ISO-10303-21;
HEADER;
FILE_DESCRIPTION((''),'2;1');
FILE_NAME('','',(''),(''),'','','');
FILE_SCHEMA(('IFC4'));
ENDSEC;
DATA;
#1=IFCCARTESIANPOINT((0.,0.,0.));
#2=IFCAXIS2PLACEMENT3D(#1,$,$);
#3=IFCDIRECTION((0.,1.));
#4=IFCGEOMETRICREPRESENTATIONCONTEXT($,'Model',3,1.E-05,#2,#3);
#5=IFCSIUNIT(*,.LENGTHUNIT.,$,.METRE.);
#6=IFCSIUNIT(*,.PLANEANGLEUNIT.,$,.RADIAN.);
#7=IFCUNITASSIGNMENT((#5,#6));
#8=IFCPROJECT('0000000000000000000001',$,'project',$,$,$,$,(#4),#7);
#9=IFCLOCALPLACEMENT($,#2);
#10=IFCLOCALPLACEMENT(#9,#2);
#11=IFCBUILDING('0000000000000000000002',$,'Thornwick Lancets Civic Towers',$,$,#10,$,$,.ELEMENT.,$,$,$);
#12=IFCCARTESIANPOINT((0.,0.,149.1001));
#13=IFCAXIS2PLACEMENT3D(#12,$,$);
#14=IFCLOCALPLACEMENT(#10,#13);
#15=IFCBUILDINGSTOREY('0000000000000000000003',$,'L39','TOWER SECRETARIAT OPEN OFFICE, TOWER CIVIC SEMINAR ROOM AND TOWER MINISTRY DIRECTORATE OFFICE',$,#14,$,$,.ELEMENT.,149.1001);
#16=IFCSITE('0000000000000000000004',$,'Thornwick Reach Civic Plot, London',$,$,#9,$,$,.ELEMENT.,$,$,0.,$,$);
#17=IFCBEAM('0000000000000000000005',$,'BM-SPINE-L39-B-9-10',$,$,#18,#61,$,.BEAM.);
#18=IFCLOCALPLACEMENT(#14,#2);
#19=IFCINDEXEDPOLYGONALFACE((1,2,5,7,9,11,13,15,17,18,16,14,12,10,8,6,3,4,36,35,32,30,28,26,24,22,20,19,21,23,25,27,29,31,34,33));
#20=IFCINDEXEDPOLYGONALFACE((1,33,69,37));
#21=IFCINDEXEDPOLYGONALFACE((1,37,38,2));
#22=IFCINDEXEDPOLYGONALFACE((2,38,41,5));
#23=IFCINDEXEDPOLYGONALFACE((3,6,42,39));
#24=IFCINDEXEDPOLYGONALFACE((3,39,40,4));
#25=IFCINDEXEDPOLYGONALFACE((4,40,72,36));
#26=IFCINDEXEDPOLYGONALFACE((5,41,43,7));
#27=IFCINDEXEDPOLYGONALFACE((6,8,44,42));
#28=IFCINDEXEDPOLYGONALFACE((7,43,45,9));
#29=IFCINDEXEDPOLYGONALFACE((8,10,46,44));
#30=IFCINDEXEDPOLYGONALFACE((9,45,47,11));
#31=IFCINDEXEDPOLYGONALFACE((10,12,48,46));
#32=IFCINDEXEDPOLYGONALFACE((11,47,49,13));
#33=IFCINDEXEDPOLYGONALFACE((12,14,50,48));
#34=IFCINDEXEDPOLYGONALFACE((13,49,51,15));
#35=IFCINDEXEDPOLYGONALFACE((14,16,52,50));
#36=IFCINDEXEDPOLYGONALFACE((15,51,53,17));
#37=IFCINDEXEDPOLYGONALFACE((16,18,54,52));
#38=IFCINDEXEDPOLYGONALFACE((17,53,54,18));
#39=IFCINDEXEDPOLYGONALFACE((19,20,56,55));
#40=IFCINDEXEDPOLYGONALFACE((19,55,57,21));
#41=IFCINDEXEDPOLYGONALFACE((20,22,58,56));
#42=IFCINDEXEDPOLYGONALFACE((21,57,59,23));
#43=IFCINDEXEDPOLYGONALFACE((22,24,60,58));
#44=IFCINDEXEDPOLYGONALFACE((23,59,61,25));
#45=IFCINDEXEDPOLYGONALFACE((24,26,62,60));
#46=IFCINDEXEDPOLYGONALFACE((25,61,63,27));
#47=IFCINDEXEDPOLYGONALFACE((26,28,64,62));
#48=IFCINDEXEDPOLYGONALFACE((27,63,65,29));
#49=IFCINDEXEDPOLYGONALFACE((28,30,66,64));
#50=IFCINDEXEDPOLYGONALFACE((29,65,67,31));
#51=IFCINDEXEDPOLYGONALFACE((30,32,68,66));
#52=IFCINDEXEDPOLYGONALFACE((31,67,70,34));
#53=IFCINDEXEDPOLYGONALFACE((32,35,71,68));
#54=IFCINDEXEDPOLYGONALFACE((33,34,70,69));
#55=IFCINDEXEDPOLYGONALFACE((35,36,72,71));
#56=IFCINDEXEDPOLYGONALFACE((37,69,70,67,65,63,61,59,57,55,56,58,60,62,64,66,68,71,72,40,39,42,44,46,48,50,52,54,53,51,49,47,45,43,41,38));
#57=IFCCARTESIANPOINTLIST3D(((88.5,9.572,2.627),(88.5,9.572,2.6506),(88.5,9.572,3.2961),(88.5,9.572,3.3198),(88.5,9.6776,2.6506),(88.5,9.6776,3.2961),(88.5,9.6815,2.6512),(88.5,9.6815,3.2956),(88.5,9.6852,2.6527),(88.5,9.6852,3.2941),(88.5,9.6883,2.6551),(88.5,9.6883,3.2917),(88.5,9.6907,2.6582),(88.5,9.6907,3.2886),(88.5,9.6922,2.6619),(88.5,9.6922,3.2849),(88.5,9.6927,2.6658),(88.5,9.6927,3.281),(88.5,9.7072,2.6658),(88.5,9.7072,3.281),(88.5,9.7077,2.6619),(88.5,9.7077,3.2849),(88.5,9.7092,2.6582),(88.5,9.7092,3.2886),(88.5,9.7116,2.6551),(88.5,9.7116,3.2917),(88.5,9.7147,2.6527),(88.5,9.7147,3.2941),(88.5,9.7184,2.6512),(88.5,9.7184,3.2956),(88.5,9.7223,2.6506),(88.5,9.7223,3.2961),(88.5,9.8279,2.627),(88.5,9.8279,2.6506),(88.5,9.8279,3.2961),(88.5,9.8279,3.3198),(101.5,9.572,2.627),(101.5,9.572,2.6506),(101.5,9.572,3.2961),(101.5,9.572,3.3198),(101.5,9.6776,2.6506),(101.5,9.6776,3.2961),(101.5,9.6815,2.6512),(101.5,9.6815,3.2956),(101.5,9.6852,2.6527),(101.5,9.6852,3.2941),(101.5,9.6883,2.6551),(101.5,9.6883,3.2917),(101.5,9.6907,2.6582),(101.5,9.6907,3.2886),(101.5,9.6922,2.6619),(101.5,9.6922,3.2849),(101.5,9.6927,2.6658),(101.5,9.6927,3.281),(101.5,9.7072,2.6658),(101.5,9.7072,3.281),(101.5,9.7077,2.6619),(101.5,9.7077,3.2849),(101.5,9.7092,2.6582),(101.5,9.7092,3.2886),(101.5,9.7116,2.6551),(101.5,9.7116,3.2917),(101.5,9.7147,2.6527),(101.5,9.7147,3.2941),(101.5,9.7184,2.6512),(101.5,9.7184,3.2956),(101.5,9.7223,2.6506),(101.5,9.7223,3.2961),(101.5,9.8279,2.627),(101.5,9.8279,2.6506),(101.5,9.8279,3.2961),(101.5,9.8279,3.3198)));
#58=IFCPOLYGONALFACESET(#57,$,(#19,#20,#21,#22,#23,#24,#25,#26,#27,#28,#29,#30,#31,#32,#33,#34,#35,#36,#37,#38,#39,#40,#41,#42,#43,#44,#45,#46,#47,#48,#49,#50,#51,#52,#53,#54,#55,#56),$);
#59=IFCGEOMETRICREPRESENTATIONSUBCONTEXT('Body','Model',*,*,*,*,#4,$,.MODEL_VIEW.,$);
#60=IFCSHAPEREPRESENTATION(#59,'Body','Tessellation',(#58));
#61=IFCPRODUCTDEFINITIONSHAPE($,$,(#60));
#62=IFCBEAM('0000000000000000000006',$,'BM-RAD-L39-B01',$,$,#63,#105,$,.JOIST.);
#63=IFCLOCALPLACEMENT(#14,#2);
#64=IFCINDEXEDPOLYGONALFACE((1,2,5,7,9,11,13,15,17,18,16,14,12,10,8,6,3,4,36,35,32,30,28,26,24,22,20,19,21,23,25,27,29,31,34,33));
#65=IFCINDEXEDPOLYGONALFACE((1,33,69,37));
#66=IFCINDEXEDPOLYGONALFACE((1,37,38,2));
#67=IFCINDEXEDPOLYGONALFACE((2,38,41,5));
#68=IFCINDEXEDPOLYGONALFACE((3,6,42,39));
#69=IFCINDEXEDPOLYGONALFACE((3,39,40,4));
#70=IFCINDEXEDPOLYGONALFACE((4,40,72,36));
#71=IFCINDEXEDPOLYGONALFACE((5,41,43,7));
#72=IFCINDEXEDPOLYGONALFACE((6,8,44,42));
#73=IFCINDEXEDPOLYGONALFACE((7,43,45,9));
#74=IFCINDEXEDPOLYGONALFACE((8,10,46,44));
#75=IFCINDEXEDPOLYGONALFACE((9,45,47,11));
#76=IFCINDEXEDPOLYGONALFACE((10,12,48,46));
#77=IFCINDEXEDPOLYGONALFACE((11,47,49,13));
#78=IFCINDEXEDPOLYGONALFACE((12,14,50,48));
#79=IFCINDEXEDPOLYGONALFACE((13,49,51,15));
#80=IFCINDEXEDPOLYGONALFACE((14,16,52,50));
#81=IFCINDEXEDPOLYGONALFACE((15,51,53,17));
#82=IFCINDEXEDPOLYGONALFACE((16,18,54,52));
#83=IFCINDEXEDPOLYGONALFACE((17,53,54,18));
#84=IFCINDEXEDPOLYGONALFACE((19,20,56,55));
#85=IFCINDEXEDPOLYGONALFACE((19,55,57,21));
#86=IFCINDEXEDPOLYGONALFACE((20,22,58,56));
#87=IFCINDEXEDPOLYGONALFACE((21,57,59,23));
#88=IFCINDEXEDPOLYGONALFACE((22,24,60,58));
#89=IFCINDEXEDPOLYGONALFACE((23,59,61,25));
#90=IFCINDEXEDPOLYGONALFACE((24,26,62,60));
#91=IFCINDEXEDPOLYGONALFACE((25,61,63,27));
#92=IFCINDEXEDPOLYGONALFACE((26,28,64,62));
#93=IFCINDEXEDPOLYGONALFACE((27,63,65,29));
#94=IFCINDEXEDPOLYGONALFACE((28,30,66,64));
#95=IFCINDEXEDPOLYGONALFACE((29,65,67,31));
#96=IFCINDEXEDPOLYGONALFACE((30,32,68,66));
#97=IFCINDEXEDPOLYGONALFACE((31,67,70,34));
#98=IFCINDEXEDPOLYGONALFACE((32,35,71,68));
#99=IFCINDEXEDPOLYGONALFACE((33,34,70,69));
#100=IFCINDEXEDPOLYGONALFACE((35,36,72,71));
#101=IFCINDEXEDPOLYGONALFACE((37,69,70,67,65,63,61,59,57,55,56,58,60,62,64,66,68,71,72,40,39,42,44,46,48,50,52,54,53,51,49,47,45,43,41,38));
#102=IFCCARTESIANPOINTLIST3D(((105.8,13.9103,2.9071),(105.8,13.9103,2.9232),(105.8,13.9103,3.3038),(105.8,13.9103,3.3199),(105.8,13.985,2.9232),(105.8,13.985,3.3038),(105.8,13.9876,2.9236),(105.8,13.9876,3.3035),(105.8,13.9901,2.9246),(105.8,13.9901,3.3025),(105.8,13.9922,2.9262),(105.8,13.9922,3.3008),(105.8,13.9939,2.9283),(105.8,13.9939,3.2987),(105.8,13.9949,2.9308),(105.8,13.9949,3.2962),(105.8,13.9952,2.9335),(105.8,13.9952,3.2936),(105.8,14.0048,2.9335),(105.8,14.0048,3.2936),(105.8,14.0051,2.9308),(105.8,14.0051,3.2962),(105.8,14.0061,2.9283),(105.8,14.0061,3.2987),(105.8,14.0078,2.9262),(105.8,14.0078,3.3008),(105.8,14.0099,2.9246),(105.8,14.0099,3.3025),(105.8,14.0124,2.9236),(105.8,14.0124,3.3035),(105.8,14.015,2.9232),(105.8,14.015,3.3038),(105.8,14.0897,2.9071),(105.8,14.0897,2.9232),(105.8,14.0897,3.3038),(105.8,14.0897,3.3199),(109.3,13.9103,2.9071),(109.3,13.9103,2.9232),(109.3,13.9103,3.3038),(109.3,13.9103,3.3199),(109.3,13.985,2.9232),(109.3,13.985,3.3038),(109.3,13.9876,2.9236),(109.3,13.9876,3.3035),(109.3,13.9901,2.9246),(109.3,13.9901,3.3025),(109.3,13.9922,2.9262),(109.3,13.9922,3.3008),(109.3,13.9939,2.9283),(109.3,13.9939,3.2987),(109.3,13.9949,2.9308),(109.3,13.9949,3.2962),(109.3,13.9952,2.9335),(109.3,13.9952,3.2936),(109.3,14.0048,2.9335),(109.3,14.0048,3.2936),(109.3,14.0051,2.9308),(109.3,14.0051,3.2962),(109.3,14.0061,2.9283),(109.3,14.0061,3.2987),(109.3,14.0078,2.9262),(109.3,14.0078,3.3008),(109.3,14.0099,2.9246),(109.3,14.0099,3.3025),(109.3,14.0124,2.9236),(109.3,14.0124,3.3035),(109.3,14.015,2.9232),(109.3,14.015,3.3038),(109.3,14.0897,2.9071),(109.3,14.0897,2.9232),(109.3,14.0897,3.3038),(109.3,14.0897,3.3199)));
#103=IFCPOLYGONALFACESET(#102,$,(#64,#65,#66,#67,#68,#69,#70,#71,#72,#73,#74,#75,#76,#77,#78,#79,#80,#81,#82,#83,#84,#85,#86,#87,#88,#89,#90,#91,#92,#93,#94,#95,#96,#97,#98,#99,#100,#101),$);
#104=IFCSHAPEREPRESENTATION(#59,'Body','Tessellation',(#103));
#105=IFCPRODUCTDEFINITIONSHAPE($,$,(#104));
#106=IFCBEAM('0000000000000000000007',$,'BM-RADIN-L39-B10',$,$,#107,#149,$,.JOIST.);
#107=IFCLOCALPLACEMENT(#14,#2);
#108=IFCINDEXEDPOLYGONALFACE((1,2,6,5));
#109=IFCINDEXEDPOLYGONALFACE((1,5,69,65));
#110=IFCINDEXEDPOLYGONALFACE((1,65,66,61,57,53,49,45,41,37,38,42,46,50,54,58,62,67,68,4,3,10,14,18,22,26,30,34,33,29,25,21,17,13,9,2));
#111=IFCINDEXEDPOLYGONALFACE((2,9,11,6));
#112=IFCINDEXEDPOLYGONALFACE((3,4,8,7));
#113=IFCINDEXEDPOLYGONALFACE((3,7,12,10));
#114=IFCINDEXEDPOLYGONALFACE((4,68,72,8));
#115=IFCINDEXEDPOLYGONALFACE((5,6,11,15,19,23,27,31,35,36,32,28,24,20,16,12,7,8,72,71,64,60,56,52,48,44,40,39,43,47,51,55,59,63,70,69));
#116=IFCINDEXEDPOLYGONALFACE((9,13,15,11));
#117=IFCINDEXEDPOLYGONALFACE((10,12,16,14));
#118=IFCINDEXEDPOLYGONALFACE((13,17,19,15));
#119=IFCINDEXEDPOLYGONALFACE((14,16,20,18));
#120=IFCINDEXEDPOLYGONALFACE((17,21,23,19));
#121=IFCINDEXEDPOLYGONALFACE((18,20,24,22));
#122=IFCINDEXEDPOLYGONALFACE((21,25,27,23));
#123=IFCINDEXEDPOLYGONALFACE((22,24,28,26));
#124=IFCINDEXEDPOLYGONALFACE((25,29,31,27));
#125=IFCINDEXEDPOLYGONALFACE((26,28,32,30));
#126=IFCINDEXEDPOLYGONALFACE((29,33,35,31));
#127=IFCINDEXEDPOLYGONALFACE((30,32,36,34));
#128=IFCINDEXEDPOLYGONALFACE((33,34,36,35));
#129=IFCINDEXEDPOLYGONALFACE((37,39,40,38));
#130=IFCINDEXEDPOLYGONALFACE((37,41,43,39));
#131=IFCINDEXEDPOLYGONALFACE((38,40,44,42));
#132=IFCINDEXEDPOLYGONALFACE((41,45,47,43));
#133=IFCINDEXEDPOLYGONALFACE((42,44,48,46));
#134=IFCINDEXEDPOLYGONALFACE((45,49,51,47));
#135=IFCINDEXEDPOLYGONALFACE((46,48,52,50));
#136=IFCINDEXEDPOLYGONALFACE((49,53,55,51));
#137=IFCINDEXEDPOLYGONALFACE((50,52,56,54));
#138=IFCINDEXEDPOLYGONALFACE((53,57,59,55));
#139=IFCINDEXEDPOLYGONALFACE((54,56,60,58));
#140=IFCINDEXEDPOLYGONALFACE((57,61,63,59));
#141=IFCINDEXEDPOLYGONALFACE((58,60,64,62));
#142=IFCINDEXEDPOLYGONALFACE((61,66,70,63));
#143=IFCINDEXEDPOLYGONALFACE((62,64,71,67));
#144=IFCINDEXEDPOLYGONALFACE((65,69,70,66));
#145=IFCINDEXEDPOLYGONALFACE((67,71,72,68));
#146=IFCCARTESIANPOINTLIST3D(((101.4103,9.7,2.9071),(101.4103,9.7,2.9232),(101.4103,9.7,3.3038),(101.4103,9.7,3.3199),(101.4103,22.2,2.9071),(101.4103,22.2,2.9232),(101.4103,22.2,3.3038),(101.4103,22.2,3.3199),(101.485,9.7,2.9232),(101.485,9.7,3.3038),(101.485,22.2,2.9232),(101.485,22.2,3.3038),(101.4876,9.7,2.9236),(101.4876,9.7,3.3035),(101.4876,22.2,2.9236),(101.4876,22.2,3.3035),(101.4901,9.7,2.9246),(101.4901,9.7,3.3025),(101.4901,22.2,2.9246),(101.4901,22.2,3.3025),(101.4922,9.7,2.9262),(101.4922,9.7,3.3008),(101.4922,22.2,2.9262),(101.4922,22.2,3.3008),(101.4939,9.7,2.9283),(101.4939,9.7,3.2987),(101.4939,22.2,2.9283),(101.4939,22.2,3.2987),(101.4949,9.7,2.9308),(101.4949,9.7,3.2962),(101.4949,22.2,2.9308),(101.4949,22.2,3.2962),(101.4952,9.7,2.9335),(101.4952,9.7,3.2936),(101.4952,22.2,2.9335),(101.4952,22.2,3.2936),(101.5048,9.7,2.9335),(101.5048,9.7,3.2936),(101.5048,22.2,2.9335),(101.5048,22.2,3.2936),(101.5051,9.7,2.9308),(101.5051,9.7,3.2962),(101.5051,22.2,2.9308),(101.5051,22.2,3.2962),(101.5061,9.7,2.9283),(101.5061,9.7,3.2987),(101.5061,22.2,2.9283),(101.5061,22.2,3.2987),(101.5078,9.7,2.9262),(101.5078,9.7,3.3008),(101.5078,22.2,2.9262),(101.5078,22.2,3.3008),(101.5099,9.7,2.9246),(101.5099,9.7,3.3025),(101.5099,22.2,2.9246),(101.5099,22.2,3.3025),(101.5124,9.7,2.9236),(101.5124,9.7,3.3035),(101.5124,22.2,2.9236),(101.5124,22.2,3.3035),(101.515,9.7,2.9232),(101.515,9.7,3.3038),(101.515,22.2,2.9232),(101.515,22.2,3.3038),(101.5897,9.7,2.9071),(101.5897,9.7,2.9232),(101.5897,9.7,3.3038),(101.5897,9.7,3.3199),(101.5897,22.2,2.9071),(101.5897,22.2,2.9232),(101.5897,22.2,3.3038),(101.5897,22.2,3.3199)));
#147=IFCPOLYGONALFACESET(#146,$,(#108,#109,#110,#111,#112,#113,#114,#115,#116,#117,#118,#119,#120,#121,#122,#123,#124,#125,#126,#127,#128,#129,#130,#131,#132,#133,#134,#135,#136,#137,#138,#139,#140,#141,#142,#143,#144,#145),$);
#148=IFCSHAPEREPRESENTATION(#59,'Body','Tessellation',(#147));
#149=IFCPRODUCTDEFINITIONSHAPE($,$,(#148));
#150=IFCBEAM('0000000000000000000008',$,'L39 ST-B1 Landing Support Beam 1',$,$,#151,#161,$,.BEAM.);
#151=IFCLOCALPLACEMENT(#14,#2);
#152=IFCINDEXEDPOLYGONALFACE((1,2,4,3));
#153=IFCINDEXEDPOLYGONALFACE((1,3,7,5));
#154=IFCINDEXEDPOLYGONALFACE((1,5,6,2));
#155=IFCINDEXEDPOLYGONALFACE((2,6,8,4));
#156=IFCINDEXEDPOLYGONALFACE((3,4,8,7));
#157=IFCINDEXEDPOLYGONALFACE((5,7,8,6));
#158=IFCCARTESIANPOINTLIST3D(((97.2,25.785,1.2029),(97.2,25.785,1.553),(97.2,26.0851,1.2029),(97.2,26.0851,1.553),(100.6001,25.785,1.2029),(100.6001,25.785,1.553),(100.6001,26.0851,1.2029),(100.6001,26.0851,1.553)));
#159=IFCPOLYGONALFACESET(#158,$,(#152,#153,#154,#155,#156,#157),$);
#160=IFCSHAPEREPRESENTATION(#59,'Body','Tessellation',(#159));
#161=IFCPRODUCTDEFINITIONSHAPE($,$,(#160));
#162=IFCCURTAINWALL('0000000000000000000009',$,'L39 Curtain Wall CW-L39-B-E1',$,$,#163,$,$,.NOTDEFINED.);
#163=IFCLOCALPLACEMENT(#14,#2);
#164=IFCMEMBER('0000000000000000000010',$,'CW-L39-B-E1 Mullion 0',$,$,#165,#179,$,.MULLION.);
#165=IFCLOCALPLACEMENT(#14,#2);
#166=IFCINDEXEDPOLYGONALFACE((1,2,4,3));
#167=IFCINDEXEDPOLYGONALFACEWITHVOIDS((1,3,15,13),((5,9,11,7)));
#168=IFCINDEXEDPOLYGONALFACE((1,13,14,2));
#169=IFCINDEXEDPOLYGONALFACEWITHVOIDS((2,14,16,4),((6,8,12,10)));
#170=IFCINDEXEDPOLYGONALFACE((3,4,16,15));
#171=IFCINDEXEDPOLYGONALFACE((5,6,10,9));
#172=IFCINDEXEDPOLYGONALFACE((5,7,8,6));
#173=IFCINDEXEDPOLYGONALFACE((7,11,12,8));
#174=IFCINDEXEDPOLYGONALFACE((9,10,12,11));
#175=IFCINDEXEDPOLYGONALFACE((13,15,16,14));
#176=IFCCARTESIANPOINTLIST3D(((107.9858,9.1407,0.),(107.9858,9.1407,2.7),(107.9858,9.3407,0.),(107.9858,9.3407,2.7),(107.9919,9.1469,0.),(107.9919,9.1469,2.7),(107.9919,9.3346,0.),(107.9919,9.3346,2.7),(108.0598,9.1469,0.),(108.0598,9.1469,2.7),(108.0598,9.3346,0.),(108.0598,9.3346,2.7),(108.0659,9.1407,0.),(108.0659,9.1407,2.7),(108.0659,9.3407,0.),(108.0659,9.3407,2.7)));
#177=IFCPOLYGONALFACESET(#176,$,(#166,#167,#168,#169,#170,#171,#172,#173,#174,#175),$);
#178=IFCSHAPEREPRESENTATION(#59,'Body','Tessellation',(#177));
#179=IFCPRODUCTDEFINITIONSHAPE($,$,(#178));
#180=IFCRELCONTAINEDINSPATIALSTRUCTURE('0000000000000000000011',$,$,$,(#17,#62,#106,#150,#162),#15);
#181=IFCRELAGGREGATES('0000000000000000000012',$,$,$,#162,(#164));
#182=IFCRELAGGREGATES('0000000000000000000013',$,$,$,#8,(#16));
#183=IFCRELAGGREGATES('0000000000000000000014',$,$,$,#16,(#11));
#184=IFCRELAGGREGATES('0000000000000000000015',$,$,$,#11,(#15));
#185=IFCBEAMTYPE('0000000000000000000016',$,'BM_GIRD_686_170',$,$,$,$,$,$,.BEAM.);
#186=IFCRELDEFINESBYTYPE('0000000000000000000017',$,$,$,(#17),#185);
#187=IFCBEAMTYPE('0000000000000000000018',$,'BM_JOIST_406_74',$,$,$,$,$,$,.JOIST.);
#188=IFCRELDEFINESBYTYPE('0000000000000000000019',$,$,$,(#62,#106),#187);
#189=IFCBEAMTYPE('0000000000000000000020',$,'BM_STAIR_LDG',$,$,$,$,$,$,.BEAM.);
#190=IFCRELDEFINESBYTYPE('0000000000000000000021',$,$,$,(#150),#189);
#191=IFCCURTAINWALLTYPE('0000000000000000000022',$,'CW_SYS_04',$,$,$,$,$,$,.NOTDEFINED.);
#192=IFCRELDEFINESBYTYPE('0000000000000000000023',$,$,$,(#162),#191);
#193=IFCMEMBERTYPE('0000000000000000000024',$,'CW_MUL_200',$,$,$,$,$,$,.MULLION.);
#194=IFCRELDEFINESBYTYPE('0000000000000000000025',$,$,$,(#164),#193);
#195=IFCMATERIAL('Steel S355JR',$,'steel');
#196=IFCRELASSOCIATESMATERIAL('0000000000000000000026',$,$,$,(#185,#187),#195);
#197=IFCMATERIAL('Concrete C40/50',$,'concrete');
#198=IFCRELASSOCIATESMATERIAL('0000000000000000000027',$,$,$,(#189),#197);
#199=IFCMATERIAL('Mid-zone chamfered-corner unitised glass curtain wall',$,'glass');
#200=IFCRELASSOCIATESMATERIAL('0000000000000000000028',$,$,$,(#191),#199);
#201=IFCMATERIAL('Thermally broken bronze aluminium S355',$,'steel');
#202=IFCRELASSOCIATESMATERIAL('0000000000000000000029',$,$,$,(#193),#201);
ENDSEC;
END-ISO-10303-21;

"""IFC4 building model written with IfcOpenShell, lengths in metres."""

from ifc_helpers import new_model, si_unit, direction, frame, origin, origin_2d, place, context, subcontext, project, spatial, rectangle, hollow_rectangle, i_section, extrude, material, material_profile, profile_set, type_object, element, aggregate, save


model = new_model("IFC4")

# Units and contexts
model_context = context("Model", 3, precision=1e-05, world=origin(), true_north=direction((0.0, 1.0)))
body_context = subcontext(model_context, "Body", "Model", "MODEL_VIEW")
ifc_project = project(units=[si_unit("LENGTHUNIT", "METRE"), si_unit("PLANEANGLEUNIT", "RADIAN")], contexts=[model_context])

# Site, building, storey
site_placement = place(None, origin())
site = spatial("IfcSite", under=ifc_project, at=site_placement, Name="Thornwick Reach Civic Plot, London", CompositionType="ELEMENT", RefElevation=0.0)
building_placement = place(site_placement, origin())
building = spatial("IfcBuilding", under=site, at=building_placement, Name="Thornwick Lancets Civic Towers", CompositionType="ELEMENT")
storey_placement = place(building_placement, frame((0.0, 0.0, 149.1001)))
storey = spatial("IfcBuildingStorey", under=building, at=storey_placement, Name="L39", Description="TOWER SECRETARIAT OPEN OFFICE, TOWER CIVIC SEMINAR ROOM AND TOWER MINISTRY DIRECTORATE OFFICE", CompositionType="ELEMENT", Elevation=149.1001)

# Beams
ifc_material_1 = material(Name="Steel S355JR", Category="steel")
ifc_material_profile_1 = material_profile(ifc_material_1, i_section(OverallWidth=0.2559, OverallDepth=0.6929, WebThickness=0.0144, FlangeThickness=0.0237, FilletRadius=0.0151, at=origin_2d()), Name="UKB 686x254x170")
ifc_profile_set_1 = profile_set([ifc_material_profile_1], Name="Steel S355JR")
beam_type_1 = type_object("IfcBeamType", Name="BM_GIRD_686_170", PredefinedType="BEAM", material=ifc_profile_set_1)
for number, where, z_axis, x_axis, name in (
    (1, (101.5, 9.7, 2.9734), (-1.0, 0.0, 0.0), (0.0, -1.0, 0.0), "BM-SPINE-L39-B-9-10"),
):
    element("IfcBeam", number, at=place(storey_placement, frame(where, z_axis=z_axis, x_axis=x_axis)), inside=storey, type_object=beam_type_1, Name=name, PredefinedType="BEAM", context=body_context, shape_type="SweptSolid", body=[
        extrude(i_section(OverallWidth=0.2559, OverallDepth=0.6929, WebThickness=0.0144, FlangeThickness=0.0237, FilletRadius=0.0151, at=origin_2d()), origin(), (0.0, 0.0, 1.0), 13.0),
    ])
ifc_material_profile_2 = material_profile(ifc_material_1, i_section(OverallWidth=0.1794, OverallDepth=0.4128, WebThickness=0.0095, FlangeThickness=0.0161, FilletRadius=0.0103, at=origin_2d()), Name="UKB 406x178x74")
ifc_profile_set_2 = profile_set([ifc_material_profile_2], Name="Steel S355JR")
beam_type_2 = type_object("IfcBeamType", Name="BM_JOIST_406_74", PredefinedType="JOIST", material=ifc_profile_set_2)
beam_1_placement = place(storey_placement, frame((105.8, 14.0, 3.1135), z_axis=(1.0, 0.0, 0.0), x_axis=(0.0, 1.0, 0.0)))
element("IfcBeam", 2, at=beam_1_placement, inside=storey, type_object=beam_type_2, Name="BM-RAD-L39-B01", PredefinedType="JOIST", context=body_context, shape_type="SweptSolid", body=[
    extrude(i_section(OverallWidth=0.1794, OverallDepth=0.4128, WebThickness=0.0095, FlangeThickness=0.0161, FilletRadius=0.0103, at=origin_2d()), origin(), (0.0, 0.0, 1.0), 3.5),
])
beam_2_placement = place(storey_placement, frame((101.5, 22.2, 3.1135), z_axis=(0.0, -1.0, 0.0), x_axis=(1.0, 0.0, 0.0)))
element("IfcBeam", 3, at=beam_2_placement, inside=storey, type_object=beam_type_2, Name="BM-RADIN-L39-B10", PredefinedType="JOIST", context=body_context, shape_type="SweptSolid", body=[
    extrude(i_section(OverallWidth=0.1794, OverallDepth=0.4128, WebThickness=0.0095, FlangeThickness=0.0161, FilletRadius=0.0103, at=origin_2d()), origin(), (0.0, 0.0, 1.0), 12.5),
])
ifc_material_2 = material(Name="Concrete C40/50", Category="concrete")
ifc_material_profile_3 = material_profile(ifc_material_2, rectangle(XDim=0.3, YDim=0.3501, at=origin_2d()), Name="RC 300x350")
ifc_profile_set_3 = profile_set([ifc_material_profile_3], Name="Concrete C40/50")
beam_type_3 = type_object("IfcBeamType", Name="BM_STAIR_LDG", PredefinedType="BEAM", material=ifc_profile_set_3)
beam_3_placement = place(storey_placement, frame((100.6001, 25.9351, 1.3779), z_axis=(-1.0, 0.0, 0.0), x_axis=(0.0, -1.0, 0.0)))
element("IfcBeam", 4, at=beam_3_placement, inside=storey, type_object=beam_type_3, Name="L39 ST-B1 Landing Support Beam 1", PredefinedType="BEAM", context=body_context, shape_type="SweptSolid", body=[
    extrude(rectangle(XDim=0.3, YDim=0.3501, at=origin_2d()), origin(), (0.0, 0.0, 1.0), 3.4001),
])

# Curtain wall, member
ifc_material_3 = material(Name="Mid-zone chamfered-corner unitised glass curtain wall", Category="glass")
curtain_wall_type = type_object("IfcCurtainWallType", Name="CW_SYS_04", PredefinedType="NOTDEFINED", material=ifc_material_3)
curtain_wall_placement = place(storey_placement, origin())
curtain_wall = element("IfcCurtainWall", 5, at=curtain_wall_placement, inside=storey, type_object=curtain_wall_type, Name="L39 Curtain Wall CW-L39-B-E1", PredefinedType="NOTDEFINED")
ifc_material_4 = material(Name="Thermally broken bronze aluminium S355", Category="steel")
ifc_material_profile_4 = material_profile(ifc_material_4, hollow_rectangle(XDim=0.0801, YDim=0.2, WallThickness=0.0061, at=origin_2d()), Name="RHS 200x80x6")
ifc_profile_set_4 = profile_set([ifc_material_profile_4], Name="Thermally broken bronze aluminium S355")
member_type_1 = type_object("IfcMemberType", Name="CW_MUL_200", PredefinedType="MULLION", material=ifc_profile_set_4)
member_1_placement = place(storey_placement, frame((108.0259, 9.2407, 0.0), z_axis=(0.0, 0.0, 1.0), x_axis=(1.0, 0.0, 0.0)))
member_1 = element("IfcMember", 6, at=member_1_placement, type_object=member_type_1, Name="CW-L39-B-E1 Mullion 0", PredefinedType="MULLION", context=body_context, shape_type="SweptSolid", body=[
    extrude(hollow_rectangle(XDim=0.0801, YDim=0.2, WallThickness=0.0061, at=origin_2d()), origin(), (0.0, 0.0, 1.0), 2.7),
])
aggregate(curtain_wall, [member_1])

save(model, "model.ifc")
